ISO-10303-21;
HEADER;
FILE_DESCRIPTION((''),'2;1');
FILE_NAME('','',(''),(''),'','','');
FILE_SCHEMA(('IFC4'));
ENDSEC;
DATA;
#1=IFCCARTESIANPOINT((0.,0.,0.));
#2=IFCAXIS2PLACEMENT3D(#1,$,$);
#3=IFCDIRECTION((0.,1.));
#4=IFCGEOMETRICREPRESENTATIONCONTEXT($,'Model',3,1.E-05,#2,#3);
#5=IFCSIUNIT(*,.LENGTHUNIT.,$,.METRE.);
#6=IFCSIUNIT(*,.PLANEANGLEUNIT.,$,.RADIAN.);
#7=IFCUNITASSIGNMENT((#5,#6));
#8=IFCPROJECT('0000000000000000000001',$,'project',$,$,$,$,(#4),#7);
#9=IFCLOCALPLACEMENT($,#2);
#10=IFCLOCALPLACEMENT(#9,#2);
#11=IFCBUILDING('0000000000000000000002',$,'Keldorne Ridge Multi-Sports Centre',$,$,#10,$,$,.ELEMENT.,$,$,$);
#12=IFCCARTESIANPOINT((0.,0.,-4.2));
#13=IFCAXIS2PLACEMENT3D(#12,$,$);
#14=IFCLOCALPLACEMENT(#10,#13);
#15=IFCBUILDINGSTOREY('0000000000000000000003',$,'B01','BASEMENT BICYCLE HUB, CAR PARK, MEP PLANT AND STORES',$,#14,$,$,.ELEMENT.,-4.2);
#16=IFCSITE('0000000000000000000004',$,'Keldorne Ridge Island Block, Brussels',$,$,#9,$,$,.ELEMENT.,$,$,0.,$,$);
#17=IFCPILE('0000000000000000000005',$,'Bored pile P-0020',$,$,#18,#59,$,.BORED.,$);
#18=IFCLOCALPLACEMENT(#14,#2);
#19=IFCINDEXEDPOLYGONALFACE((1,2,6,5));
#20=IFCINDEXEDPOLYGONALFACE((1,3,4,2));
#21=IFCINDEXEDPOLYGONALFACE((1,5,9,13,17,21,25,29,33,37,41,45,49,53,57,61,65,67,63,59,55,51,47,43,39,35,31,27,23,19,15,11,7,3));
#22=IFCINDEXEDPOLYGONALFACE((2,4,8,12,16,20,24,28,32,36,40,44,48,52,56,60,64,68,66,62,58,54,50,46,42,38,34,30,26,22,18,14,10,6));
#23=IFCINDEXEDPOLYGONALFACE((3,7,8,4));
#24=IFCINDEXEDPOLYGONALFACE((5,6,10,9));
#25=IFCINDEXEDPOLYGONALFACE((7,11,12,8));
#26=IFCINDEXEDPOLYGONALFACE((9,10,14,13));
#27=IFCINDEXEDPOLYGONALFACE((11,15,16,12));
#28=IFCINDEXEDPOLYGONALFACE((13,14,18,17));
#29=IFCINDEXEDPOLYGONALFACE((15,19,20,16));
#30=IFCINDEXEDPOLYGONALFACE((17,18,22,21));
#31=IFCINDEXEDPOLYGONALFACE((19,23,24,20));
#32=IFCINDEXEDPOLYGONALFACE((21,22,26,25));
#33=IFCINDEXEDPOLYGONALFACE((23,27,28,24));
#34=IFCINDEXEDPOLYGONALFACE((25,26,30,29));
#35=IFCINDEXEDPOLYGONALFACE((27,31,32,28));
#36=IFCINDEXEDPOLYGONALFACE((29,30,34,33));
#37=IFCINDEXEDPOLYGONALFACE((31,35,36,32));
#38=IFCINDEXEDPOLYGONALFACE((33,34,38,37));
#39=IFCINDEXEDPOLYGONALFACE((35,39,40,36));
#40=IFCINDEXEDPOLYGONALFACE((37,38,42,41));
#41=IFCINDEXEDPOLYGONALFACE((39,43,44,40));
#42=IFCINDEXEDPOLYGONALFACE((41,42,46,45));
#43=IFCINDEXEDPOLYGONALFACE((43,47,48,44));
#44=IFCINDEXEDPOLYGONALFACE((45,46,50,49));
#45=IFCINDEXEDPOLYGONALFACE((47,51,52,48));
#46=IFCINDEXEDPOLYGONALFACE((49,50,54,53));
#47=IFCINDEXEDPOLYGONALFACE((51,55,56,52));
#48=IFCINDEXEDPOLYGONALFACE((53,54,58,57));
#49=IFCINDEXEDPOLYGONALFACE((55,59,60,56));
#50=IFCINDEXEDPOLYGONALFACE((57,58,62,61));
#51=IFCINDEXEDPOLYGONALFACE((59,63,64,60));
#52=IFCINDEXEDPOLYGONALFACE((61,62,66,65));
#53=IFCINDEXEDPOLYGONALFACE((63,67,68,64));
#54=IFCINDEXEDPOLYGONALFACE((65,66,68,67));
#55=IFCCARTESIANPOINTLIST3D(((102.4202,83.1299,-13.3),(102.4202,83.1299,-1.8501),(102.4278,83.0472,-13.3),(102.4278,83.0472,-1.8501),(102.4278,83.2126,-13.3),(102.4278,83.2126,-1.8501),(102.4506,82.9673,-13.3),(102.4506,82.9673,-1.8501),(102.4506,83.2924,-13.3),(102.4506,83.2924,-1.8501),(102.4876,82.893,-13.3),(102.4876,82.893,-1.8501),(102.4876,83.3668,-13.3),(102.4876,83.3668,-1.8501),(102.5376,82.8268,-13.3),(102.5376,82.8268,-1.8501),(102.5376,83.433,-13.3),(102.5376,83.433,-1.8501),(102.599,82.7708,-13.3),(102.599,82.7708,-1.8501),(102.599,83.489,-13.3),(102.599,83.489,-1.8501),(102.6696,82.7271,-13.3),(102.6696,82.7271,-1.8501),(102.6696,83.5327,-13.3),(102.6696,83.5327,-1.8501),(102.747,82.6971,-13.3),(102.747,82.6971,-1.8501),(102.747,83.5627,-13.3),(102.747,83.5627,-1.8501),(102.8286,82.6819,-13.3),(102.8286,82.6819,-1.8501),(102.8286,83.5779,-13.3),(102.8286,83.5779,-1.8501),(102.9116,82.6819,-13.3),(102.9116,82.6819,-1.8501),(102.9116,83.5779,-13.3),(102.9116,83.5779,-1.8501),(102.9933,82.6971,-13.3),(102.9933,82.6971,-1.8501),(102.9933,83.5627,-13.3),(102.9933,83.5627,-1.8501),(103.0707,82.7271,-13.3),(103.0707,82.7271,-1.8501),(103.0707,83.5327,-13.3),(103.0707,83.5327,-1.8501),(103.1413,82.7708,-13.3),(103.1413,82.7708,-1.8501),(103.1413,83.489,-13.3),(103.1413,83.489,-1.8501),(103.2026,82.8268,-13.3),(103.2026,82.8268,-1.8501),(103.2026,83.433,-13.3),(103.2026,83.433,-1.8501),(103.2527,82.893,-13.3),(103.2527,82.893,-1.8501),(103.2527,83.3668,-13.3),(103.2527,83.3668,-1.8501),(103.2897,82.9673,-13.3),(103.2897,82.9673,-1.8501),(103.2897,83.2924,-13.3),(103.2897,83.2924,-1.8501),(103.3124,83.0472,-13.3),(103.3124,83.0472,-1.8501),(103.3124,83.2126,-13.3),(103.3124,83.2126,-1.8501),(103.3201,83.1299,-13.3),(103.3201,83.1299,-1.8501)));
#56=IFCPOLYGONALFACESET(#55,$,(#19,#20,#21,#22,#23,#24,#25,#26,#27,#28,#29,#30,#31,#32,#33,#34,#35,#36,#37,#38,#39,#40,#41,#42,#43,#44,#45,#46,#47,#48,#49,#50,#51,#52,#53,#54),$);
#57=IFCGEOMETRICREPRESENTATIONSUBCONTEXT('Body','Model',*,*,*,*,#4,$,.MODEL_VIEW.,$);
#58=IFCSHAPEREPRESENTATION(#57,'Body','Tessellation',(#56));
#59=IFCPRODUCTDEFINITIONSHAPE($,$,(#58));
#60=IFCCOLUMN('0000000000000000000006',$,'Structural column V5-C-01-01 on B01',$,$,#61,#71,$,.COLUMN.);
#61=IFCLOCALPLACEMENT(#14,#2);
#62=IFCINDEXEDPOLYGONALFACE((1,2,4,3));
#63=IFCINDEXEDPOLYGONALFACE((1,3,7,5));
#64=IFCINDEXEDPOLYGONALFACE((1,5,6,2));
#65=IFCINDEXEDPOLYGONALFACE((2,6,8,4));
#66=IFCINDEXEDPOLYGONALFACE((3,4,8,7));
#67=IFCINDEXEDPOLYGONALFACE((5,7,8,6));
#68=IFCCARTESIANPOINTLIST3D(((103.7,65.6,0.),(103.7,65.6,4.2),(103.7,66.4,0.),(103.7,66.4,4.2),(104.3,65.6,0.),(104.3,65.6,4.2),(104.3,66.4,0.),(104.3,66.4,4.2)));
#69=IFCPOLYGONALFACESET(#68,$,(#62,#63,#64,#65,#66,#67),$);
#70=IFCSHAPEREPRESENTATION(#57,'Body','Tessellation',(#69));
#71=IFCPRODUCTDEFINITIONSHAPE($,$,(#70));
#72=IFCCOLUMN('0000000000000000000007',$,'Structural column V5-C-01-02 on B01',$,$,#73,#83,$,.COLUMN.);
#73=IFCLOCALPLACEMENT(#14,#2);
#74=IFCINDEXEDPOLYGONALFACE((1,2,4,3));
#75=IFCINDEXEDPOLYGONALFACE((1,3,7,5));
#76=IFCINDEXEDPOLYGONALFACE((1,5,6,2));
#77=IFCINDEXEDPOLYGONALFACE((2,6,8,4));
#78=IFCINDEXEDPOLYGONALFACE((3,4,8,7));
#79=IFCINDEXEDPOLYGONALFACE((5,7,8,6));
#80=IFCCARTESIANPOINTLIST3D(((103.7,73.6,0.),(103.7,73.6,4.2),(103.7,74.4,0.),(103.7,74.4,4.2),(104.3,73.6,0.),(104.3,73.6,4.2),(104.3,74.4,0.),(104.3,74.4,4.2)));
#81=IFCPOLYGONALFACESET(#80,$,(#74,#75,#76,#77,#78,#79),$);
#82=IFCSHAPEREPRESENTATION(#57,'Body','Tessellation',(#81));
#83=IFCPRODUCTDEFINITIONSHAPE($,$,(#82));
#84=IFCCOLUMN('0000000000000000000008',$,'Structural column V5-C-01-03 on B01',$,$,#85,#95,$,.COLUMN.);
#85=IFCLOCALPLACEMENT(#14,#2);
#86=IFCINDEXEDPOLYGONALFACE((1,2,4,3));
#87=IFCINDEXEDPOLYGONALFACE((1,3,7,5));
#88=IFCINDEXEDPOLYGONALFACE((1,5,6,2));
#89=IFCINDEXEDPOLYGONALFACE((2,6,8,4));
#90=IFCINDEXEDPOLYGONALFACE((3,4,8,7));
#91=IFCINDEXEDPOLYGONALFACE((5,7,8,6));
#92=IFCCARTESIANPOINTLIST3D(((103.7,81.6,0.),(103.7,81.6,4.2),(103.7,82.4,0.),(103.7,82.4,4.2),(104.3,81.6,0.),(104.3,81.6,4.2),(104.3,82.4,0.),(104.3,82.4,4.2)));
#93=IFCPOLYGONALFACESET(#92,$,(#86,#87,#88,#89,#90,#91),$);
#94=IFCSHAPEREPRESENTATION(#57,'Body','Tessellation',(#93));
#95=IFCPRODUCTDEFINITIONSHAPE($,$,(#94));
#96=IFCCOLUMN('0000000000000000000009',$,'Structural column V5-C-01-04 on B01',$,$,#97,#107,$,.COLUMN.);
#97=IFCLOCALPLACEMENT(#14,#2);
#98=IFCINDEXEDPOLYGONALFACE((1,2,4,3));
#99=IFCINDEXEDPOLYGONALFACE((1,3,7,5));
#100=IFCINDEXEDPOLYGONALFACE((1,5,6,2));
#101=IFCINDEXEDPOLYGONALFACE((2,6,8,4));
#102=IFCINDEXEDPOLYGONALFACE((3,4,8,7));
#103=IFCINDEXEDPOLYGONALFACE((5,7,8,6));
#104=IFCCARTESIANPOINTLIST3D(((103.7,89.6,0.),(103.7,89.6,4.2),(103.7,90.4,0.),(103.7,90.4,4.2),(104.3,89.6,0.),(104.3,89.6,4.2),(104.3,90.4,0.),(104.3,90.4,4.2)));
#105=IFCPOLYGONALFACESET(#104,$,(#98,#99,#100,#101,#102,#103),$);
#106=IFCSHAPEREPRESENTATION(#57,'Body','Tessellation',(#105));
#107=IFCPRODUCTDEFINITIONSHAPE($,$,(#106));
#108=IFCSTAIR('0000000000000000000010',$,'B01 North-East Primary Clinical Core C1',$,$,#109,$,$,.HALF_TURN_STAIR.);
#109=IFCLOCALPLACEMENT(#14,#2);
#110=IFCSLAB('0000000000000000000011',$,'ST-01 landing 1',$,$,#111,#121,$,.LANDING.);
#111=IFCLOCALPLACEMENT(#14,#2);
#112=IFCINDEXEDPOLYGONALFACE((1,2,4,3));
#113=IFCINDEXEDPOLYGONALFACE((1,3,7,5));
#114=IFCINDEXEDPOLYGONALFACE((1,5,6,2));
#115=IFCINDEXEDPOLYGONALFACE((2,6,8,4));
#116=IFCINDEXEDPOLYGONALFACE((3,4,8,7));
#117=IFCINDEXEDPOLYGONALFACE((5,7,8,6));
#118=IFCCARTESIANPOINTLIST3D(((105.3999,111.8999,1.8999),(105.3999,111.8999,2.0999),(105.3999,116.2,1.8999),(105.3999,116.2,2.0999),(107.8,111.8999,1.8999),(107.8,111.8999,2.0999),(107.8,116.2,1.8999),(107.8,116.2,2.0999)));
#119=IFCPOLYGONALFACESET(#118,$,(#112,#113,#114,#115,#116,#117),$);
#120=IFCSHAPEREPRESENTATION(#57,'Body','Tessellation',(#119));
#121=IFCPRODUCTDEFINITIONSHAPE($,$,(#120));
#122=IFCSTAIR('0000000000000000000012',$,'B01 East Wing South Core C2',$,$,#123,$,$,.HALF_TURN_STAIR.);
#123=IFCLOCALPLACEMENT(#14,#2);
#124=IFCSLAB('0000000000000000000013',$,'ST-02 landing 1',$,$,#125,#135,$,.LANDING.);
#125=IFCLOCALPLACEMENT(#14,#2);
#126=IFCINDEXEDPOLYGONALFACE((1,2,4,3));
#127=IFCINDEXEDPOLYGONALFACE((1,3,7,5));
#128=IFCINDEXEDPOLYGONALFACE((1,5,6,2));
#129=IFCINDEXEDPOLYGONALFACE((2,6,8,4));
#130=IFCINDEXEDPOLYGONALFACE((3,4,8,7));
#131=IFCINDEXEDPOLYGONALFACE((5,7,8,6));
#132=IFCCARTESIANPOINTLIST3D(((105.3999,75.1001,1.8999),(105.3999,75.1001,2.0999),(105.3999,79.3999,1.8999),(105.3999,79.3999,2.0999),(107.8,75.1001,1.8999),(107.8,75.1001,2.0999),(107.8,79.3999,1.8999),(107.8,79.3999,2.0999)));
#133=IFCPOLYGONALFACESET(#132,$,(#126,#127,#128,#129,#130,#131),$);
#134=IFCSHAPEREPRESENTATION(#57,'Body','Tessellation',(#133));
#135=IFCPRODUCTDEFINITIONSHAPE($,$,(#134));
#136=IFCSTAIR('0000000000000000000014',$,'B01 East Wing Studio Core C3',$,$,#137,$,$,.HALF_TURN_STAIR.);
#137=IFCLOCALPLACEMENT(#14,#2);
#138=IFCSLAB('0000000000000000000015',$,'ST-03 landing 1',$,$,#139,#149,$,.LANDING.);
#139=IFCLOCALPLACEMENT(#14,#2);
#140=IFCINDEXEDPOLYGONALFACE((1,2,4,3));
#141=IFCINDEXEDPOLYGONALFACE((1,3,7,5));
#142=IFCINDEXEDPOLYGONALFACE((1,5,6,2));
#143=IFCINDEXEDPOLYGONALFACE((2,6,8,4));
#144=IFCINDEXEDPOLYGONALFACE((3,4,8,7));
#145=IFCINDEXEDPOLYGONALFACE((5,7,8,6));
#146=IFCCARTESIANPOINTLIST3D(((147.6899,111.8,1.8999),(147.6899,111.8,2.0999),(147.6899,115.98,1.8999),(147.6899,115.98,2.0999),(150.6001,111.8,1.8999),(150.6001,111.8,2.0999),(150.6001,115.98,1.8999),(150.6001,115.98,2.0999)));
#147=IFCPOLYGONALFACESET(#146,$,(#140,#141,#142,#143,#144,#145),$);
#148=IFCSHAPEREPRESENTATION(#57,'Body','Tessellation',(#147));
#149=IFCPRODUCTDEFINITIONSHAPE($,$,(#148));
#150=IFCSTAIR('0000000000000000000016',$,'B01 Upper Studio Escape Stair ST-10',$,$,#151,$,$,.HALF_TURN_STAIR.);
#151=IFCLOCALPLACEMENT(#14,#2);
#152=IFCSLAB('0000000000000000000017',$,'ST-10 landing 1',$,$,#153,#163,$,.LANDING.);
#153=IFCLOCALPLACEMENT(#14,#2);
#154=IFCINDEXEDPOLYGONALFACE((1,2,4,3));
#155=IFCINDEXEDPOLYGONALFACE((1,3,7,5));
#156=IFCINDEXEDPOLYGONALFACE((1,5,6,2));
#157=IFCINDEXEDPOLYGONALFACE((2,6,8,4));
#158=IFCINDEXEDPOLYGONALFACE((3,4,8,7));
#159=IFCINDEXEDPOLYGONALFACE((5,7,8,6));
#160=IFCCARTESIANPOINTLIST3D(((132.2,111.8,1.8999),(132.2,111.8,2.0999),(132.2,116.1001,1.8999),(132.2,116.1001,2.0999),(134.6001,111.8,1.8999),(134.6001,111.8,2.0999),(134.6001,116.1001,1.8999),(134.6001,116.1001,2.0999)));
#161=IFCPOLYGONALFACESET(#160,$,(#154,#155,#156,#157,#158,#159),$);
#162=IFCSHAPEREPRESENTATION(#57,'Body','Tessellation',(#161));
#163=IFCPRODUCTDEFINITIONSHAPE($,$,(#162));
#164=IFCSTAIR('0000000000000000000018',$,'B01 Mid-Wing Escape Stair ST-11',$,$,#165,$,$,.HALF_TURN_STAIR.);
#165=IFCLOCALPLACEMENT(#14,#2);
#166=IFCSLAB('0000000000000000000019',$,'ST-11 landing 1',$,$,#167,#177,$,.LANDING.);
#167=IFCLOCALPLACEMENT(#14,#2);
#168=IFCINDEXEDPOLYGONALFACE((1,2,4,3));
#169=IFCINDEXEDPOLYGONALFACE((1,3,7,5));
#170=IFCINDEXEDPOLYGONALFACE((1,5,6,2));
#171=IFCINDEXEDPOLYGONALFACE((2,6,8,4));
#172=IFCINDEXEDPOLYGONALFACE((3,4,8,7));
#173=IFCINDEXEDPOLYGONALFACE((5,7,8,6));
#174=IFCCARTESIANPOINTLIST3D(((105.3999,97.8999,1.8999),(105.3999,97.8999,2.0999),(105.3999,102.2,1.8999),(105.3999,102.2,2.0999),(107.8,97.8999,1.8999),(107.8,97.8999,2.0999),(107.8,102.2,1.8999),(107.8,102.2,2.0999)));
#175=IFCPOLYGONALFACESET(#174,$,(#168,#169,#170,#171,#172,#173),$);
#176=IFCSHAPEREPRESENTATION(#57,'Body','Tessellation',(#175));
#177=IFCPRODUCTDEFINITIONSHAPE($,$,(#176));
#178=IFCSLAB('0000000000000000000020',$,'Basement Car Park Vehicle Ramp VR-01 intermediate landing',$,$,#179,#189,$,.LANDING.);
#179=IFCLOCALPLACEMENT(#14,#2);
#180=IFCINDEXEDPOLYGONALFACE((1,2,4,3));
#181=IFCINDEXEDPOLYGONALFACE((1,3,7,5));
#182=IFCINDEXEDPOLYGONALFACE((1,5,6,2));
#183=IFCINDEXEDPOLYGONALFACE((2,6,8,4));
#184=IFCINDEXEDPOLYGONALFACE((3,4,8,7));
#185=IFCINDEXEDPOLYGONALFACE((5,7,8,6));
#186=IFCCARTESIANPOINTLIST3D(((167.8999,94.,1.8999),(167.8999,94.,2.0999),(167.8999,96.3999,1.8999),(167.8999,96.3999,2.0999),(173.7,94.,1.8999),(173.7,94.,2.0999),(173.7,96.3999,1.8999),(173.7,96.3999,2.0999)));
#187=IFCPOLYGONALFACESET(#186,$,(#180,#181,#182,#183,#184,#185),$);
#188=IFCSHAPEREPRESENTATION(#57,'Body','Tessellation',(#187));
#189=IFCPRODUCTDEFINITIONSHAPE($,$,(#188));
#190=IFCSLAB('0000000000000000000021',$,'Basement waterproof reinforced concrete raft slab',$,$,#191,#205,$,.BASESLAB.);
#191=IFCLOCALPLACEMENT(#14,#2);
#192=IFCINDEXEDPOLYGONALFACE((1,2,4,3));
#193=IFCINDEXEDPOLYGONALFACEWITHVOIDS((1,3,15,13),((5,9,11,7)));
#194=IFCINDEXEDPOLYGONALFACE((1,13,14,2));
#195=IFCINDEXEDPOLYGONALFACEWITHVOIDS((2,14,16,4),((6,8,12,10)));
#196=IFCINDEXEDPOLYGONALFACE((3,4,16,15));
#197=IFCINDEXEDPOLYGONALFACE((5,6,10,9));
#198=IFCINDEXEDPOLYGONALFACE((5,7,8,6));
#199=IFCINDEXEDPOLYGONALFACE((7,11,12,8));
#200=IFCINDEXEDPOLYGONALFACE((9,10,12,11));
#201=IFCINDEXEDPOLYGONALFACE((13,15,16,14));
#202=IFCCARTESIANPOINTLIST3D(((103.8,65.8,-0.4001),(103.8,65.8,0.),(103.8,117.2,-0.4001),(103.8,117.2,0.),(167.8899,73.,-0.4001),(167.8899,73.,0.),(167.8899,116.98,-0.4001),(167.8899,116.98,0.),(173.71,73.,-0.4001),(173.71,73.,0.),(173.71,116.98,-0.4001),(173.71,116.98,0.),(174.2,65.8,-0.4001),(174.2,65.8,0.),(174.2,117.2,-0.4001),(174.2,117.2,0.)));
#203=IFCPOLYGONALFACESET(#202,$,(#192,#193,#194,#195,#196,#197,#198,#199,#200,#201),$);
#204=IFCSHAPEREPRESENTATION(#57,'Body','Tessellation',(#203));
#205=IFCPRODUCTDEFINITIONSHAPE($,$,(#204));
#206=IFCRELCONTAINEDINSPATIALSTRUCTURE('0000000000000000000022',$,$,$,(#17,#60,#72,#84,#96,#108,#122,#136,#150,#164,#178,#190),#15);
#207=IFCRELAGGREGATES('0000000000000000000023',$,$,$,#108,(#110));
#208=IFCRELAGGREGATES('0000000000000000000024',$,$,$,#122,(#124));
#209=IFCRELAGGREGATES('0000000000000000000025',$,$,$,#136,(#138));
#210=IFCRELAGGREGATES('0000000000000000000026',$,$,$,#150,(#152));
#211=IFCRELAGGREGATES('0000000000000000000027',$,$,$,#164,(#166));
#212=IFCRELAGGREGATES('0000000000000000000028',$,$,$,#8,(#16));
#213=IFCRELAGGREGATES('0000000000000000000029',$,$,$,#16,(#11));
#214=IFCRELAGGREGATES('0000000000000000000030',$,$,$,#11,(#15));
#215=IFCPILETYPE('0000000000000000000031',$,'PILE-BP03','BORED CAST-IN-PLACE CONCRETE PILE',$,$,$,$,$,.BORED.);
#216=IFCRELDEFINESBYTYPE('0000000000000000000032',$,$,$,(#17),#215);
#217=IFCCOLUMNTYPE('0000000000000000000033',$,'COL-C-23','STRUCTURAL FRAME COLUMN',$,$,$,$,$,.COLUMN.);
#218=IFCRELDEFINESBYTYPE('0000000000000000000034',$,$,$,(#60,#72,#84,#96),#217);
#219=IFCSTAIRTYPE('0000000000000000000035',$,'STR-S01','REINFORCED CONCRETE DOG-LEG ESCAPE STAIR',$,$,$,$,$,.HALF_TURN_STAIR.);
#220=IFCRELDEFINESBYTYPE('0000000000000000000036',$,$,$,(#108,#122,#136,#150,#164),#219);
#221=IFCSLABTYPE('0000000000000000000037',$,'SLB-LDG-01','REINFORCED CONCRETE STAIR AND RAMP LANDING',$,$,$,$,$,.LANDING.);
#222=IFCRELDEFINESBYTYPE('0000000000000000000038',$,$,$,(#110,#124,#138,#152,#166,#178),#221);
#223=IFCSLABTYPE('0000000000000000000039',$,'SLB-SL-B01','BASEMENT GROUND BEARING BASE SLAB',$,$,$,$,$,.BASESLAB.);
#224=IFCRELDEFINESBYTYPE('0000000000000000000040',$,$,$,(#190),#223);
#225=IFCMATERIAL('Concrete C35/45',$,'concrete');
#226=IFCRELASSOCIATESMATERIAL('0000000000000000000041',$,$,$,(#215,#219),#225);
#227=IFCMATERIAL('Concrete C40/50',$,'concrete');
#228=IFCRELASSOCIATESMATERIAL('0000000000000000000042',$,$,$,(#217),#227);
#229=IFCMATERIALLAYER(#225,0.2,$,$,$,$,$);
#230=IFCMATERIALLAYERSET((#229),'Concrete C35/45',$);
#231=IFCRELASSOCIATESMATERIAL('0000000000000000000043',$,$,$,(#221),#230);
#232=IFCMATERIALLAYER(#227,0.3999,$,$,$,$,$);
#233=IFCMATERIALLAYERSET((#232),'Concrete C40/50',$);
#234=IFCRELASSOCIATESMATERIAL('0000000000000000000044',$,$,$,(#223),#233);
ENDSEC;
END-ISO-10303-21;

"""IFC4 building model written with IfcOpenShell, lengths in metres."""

from ifc_helpers import new_model, si_unit, direction, frame, origin, origin_2d, place, context, subcontext, project, spatial, polyline, rectangle, circle, outline, extrude, material, layer, layer_set, material_profile, profile_set, type_object, element, aggregate, save


model = new_model("IFC4")

# Units and contexts
model_context = context("Model", 3, precision=1e-05, world=origin(), true_north=direction((0.0, 1.0)))
body_context = subcontext(model_context, "Body", "Model", "MODEL_VIEW")
ifc_project = project(units=[si_unit("LENGTHUNIT", "METRE"), si_unit("PLANEANGLEUNIT", "RADIAN")], contexts=[model_context])

# Site, building, storey
site_placement = place(None, origin())
site = spatial("IfcSite", under=ifc_project, at=site_placement, Name="Keldorne Ridge Island Block, Brussels", CompositionType="ELEMENT", RefElevation=0.0)
building_placement = place(site_placement, origin())
building = spatial("IfcBuilding", under=site, at=building_placement, Name="Keldorne Ridge Multi-Sports Centre", CompositionType="ELEMENT")
storey_placement = place(building_placement, frame((0.0, 0.0, -4.2)))
storey = spatial("IfcBuildingStorey", under=building, at=storey_placement, Name="B01", Description="BASEMENT BICYCLE HUB, CAR PARK, MEP PLANT AND STORES", CompositionType="ELEMENT", Elevation=-4.2)

# Shared definitions
ifc_material_1 = material(Name="Concrete C35/45", Category="concrete")

# Pile
ifc_material_profile_1 = material_profile(ifc_material_1, circle(Radius=0.45, at=origin_2d()), Name="BORED PILE D900")
ifc_profile_set_1 = profile_set([ifc_material_profile_1], Name="Concrete C35/45")
pile_type_1 = type_object("IfcPileType", Name="PILE-BP03", Description="BORED CAST-IN-PLACE CONCRETE PILE", PredefinedType="BORED", material=ifc_profile_set_1)
for number, where, z_axis, x_axis, name in (
    (1, (102.8701, 83.1299, -1.8501), (0.0, 0.0, -1.0), (1.0, 0.0, 0.0), "Bored pile P-0020"),
):
    element("IfcPile", number, at=place(storey_placement, frame(where, z_axis=z_axis, x_axis=x_axis)), inside=storey, type_object=pile_type_1, Name=name, PredefinedType="BORED", context=body_context, shape_type="SweptSolid", body=[
        extrude(circle(Radius=0.45, at=origin_2d()), origin(), (0.0, 0.0, 1.0), 11.45),
    ])

# Columns
ifc_material_2 = material(Name="Concrete C40/50", Category="concrete")
ifc_material_profile_2 = material_profile(ifc_material_2, rectangle(XDim=0.6001, YDim=0.8, at=origin_2d()), Name="RC 600x800")
ifc_profile_set_2 = profile_set([ifc_material_profile_2], Name="Concrete C40/50")
column_type = type_object("IfcColumnType", Name="COL-C-23", Description="STRUCTURAL FRAME COLUMN", PredefinedType="COLUMN", material=ifc_profile_set_2)
for number, where, z_axis, x_axis, name in (
    (2, (104.0, 66.0, 0.0), (0.0, 0.0, 1.0), (1.0, 0.0, 0.0), "Structural column V5-C-01-01 on B01"),
    (3, (104.0, 74.0, 0.0), (0.0, 0.0, 1.0), (1.0, 0.0, 0.0), "Structural column V5-C-01-02 on B01"),
    (4, (104.0, 82.0, 0.0), (0.0, 0.0, 1.0), (1.0, 0.0, 0.0), "Structural column V5-C-01-03 on B01"),
    (5, (104.0, 90.0, 0.0), (0.0, 0.0, 1.0), (1.0, 0.0, 0.0), "Structural column V5-C-01-04 on B01"),
):
    element("IfcColumn", number, at=place(storey_placement, frame(where, z_axis=z_axis, x_axis=x_axis)), inside=storey, type_object=column_type, Name=name, PredefinedType="COLUMN", context=body_context, shape_type="SweptSolid", body=[
        extrude(rectangle(XDim=0.6001, YDim=0.8, at=origin_2d()), origin(), (0.0, 0.0, 1.0), 4.2),
    ])

# Stairs, slabs
stair_type = type_object("IfcStairType", Name="STR-S01", Description="REINFORCED CONCRETE DOG-LEG ESCAPE STAIR", PredefinedType="HALF_TURN_STAIR", material=ifc_material_1)
stair_1_placement = place(storey_placement, origin())
stair_1 = element("IfcStair", 6, at=stair_1_placement, inside=storey, type_object=stair_type, Name="B01 North-East Primary Clinical Core C1", PredefinedType="HALF_TURN_STAIR")
ifc_layer_1 = layer(ifc_material_1, 0.2)
ifc_layer_set_1 = layer_set([ifc_layer_1], Name="Concrete C35/45")
slab_type_1 = type_object("IfcSlabType", Name="SLB-LDG-01", Description="REINFORCED CONCRETE STAIR AND RAMP LANDING", PredefinedType="LANDING", material=ifc_layer_set_1)
slab_1_placement = place(storey_placement, frame((0.0, 0.0, 1.8999)))
slab_1 = element("IfcSlab", 7, at=slab_1_placement, type_object=slab_type_1, Name="ST-01 landing 1", PredefinedType="LANDING", context=body_context, shape_type="SweptSolid", body=[
    extrude(outline(polyline([(107.8, 116.2), (105.3999, 116.2), (105.3999, 111.8999), (107.8, 111.8999), (107.8, 116.2)])), origin(), (0.0, 0.0, 1.0), 0.2),
])
aggregate(stair_1, [slab_1])
stair_2_placement = place(storey_placement, origin())
stair_2 = element("IfcStair", 8, at=stair_2_placement, inside=storey, type_object=stair_type, Name="B01 East Wing South Core C2", PredefinedType="HALF_TURN_STAIR")
slab_2_placement = place(storey_placement, frame((0.0, 0.0, 1.8999)))
slab_2 = element("IfcSlab", 9, at=slab_2_placement, type_object=slab_type_1, Name="ST-02 landing 1", PredefinedType="LANDING", context=body_context, shape_type="SweptSolid", body=[
    extrude(outline(polyline([(107.8, 79.3999), (105.3999, 79.3999), (105.3999, 75.1001), (107.8, 75.1001), (107.8, 79.3999)])), origin(), (0.0, 0.0, 1.0), 0.2),
])
aggregate(stair_2, [slab_2])
stair_3_placement = place(storey_placement, origin())
stair_3 = element("IfcStair", 10, at=stair_3_placement, inside=storey, type_object=stair_type, Name="B01 East Wing Studio Core C3", PredefinedType="HALF_TURN_STAIR")
slab_3_placement = place(storey_placement, frame((0.0, 0.0, 1.8999)))
slab_3 = element("IfcSlab", 11, at=slab_3_placement, type_object=slab_type_1, Name="ST-03 landing 1", PredefinedType="LANDING", context=body_context, shape_type="SweptSolid", body=[
    extrude(outline(polyline([(147.6899, 111.8), (150.6001, 111.8), (150.6001, 115.98), (147.6899, 115.98), (147.6899, 111.8)])), origin(), (0.0, 0.0, 1.0), 0.2),
])
aggregate(stair_3, [slab_3])
stair_4_placement = place(storey_placement, origin())
stair_4 = element("IfcStair", 12, at=stair_4_placement, inside=storey, type_object=stair_type, Name="B01 Upper Studio Escape Stair ST-10", PredefinedType="HALF_TURN_STAIR")
slab_4_placement = place(storey_placement, frame((0.0, 0.0, 1.8999)))
slab_4 = element("IfcSlab", 13, at=slab_4_placement, type_object=slab_type_1, Name="ST-10 landing 1", PredefinedType="LANDING", context=body_context, shape_type="SweptSolid", body=[
    extrude(outline(polyline([(132.2, 111.8), (134.6001, 111.8), (134.6001, 116.1001), (132.2, 116.1001), (132.2, 111.8)])), origin(), (0.0, 0.0, 1.0), 0.2),
])
aggregate(stair_4, [slab_4])
stair_5_placement = place(storey_placement, origin())
stair_5 = element("IfcStair", 14, at=stair_5_placement, inside=storey, type_object=stair_type, Name="B01 Mid-Wing Escape Stair ST-11", PredefinedType="HALF_TURN_STAIR")
slab_5_placement = place(storey_placement, frame((0.0, 0.0, 1.8999)))
slab_5 = element("IfcSlab", 15, at=slab_5_placement, type_object=slab_type_1, Name="ST-11 landing 1", PredefinedType="LANDING", context=body_context, shape_type="SweptSolid", body=[
    extrude(outline(polyline([(107.8, 102.2), (105.3999, 102.2), (105.3999, 97.8999), (107.8, 97.8999), (107.8, 102.2)])), origin(), (0.0, 0.0, 1.0), 0.2),
])
aggregate(stair_5, [slab_5])

# Slabs
slab_6_placement = place(storey_placement, frame((0.0, 0.0, 1.8999)))
element("IfcSlab", 16, at=slab_6_placement, inside=storey, type_object=slab_type_1, Name="Basement Car Park Vehicle Ramp VR-01 intermediate landing", PredefinedType="LANDING", context=body_context, shape_type="SweptSolid", body=[
    extrude(outline(polyline([(167.8999, 94.0), (173.7, 94.0), (173.7, 96.3999), (167.8999, 96.3999), (167.8999, 94.0)])), origin(), (0.0, 0.0, 1.0), 0.2),
])
ifc_layer_2 = layer(ifc_material_2, 0.3999)
ifc_layer_set_2 = layer_set([ifc_layer_2], Name="Concrete C40/50")
slab_type_2 = type_object("IfcSlabType", Name="SLB-SL-B01", Description="BASEMENT GROUND BEARING BASE SLAB", PredefinedType="BASESLAB", material=ifc_layer_set_2)
slab_7_placement = place(storey_placement, frame((0.0, 0.0, -0.4001)))
element("IfcSlab", 17, at=slab_7_placement, inside=storey, type_object=slab_type_2, Name="Basement waterproof reinforced concrete raft slab", PredefinedType="BASESLAB", context=body_context, shape_type="SweptSolid", body=[
    extrude(outline(polyline([(103.8, 65.8), (174.2, 65.8), (174.2, 117.2), (103.8, 117.2), (103.8, 65.8)]), holes=[polyline([(167.8899, 73.0), (167.8899, 116.98), (173.71, 116.98), (173.71, 73.0), (167.8899, 73.0)])]), origin(), (0.0, 0.0, 1.0), 0.4001),
])

save(model, "model.ifc")
